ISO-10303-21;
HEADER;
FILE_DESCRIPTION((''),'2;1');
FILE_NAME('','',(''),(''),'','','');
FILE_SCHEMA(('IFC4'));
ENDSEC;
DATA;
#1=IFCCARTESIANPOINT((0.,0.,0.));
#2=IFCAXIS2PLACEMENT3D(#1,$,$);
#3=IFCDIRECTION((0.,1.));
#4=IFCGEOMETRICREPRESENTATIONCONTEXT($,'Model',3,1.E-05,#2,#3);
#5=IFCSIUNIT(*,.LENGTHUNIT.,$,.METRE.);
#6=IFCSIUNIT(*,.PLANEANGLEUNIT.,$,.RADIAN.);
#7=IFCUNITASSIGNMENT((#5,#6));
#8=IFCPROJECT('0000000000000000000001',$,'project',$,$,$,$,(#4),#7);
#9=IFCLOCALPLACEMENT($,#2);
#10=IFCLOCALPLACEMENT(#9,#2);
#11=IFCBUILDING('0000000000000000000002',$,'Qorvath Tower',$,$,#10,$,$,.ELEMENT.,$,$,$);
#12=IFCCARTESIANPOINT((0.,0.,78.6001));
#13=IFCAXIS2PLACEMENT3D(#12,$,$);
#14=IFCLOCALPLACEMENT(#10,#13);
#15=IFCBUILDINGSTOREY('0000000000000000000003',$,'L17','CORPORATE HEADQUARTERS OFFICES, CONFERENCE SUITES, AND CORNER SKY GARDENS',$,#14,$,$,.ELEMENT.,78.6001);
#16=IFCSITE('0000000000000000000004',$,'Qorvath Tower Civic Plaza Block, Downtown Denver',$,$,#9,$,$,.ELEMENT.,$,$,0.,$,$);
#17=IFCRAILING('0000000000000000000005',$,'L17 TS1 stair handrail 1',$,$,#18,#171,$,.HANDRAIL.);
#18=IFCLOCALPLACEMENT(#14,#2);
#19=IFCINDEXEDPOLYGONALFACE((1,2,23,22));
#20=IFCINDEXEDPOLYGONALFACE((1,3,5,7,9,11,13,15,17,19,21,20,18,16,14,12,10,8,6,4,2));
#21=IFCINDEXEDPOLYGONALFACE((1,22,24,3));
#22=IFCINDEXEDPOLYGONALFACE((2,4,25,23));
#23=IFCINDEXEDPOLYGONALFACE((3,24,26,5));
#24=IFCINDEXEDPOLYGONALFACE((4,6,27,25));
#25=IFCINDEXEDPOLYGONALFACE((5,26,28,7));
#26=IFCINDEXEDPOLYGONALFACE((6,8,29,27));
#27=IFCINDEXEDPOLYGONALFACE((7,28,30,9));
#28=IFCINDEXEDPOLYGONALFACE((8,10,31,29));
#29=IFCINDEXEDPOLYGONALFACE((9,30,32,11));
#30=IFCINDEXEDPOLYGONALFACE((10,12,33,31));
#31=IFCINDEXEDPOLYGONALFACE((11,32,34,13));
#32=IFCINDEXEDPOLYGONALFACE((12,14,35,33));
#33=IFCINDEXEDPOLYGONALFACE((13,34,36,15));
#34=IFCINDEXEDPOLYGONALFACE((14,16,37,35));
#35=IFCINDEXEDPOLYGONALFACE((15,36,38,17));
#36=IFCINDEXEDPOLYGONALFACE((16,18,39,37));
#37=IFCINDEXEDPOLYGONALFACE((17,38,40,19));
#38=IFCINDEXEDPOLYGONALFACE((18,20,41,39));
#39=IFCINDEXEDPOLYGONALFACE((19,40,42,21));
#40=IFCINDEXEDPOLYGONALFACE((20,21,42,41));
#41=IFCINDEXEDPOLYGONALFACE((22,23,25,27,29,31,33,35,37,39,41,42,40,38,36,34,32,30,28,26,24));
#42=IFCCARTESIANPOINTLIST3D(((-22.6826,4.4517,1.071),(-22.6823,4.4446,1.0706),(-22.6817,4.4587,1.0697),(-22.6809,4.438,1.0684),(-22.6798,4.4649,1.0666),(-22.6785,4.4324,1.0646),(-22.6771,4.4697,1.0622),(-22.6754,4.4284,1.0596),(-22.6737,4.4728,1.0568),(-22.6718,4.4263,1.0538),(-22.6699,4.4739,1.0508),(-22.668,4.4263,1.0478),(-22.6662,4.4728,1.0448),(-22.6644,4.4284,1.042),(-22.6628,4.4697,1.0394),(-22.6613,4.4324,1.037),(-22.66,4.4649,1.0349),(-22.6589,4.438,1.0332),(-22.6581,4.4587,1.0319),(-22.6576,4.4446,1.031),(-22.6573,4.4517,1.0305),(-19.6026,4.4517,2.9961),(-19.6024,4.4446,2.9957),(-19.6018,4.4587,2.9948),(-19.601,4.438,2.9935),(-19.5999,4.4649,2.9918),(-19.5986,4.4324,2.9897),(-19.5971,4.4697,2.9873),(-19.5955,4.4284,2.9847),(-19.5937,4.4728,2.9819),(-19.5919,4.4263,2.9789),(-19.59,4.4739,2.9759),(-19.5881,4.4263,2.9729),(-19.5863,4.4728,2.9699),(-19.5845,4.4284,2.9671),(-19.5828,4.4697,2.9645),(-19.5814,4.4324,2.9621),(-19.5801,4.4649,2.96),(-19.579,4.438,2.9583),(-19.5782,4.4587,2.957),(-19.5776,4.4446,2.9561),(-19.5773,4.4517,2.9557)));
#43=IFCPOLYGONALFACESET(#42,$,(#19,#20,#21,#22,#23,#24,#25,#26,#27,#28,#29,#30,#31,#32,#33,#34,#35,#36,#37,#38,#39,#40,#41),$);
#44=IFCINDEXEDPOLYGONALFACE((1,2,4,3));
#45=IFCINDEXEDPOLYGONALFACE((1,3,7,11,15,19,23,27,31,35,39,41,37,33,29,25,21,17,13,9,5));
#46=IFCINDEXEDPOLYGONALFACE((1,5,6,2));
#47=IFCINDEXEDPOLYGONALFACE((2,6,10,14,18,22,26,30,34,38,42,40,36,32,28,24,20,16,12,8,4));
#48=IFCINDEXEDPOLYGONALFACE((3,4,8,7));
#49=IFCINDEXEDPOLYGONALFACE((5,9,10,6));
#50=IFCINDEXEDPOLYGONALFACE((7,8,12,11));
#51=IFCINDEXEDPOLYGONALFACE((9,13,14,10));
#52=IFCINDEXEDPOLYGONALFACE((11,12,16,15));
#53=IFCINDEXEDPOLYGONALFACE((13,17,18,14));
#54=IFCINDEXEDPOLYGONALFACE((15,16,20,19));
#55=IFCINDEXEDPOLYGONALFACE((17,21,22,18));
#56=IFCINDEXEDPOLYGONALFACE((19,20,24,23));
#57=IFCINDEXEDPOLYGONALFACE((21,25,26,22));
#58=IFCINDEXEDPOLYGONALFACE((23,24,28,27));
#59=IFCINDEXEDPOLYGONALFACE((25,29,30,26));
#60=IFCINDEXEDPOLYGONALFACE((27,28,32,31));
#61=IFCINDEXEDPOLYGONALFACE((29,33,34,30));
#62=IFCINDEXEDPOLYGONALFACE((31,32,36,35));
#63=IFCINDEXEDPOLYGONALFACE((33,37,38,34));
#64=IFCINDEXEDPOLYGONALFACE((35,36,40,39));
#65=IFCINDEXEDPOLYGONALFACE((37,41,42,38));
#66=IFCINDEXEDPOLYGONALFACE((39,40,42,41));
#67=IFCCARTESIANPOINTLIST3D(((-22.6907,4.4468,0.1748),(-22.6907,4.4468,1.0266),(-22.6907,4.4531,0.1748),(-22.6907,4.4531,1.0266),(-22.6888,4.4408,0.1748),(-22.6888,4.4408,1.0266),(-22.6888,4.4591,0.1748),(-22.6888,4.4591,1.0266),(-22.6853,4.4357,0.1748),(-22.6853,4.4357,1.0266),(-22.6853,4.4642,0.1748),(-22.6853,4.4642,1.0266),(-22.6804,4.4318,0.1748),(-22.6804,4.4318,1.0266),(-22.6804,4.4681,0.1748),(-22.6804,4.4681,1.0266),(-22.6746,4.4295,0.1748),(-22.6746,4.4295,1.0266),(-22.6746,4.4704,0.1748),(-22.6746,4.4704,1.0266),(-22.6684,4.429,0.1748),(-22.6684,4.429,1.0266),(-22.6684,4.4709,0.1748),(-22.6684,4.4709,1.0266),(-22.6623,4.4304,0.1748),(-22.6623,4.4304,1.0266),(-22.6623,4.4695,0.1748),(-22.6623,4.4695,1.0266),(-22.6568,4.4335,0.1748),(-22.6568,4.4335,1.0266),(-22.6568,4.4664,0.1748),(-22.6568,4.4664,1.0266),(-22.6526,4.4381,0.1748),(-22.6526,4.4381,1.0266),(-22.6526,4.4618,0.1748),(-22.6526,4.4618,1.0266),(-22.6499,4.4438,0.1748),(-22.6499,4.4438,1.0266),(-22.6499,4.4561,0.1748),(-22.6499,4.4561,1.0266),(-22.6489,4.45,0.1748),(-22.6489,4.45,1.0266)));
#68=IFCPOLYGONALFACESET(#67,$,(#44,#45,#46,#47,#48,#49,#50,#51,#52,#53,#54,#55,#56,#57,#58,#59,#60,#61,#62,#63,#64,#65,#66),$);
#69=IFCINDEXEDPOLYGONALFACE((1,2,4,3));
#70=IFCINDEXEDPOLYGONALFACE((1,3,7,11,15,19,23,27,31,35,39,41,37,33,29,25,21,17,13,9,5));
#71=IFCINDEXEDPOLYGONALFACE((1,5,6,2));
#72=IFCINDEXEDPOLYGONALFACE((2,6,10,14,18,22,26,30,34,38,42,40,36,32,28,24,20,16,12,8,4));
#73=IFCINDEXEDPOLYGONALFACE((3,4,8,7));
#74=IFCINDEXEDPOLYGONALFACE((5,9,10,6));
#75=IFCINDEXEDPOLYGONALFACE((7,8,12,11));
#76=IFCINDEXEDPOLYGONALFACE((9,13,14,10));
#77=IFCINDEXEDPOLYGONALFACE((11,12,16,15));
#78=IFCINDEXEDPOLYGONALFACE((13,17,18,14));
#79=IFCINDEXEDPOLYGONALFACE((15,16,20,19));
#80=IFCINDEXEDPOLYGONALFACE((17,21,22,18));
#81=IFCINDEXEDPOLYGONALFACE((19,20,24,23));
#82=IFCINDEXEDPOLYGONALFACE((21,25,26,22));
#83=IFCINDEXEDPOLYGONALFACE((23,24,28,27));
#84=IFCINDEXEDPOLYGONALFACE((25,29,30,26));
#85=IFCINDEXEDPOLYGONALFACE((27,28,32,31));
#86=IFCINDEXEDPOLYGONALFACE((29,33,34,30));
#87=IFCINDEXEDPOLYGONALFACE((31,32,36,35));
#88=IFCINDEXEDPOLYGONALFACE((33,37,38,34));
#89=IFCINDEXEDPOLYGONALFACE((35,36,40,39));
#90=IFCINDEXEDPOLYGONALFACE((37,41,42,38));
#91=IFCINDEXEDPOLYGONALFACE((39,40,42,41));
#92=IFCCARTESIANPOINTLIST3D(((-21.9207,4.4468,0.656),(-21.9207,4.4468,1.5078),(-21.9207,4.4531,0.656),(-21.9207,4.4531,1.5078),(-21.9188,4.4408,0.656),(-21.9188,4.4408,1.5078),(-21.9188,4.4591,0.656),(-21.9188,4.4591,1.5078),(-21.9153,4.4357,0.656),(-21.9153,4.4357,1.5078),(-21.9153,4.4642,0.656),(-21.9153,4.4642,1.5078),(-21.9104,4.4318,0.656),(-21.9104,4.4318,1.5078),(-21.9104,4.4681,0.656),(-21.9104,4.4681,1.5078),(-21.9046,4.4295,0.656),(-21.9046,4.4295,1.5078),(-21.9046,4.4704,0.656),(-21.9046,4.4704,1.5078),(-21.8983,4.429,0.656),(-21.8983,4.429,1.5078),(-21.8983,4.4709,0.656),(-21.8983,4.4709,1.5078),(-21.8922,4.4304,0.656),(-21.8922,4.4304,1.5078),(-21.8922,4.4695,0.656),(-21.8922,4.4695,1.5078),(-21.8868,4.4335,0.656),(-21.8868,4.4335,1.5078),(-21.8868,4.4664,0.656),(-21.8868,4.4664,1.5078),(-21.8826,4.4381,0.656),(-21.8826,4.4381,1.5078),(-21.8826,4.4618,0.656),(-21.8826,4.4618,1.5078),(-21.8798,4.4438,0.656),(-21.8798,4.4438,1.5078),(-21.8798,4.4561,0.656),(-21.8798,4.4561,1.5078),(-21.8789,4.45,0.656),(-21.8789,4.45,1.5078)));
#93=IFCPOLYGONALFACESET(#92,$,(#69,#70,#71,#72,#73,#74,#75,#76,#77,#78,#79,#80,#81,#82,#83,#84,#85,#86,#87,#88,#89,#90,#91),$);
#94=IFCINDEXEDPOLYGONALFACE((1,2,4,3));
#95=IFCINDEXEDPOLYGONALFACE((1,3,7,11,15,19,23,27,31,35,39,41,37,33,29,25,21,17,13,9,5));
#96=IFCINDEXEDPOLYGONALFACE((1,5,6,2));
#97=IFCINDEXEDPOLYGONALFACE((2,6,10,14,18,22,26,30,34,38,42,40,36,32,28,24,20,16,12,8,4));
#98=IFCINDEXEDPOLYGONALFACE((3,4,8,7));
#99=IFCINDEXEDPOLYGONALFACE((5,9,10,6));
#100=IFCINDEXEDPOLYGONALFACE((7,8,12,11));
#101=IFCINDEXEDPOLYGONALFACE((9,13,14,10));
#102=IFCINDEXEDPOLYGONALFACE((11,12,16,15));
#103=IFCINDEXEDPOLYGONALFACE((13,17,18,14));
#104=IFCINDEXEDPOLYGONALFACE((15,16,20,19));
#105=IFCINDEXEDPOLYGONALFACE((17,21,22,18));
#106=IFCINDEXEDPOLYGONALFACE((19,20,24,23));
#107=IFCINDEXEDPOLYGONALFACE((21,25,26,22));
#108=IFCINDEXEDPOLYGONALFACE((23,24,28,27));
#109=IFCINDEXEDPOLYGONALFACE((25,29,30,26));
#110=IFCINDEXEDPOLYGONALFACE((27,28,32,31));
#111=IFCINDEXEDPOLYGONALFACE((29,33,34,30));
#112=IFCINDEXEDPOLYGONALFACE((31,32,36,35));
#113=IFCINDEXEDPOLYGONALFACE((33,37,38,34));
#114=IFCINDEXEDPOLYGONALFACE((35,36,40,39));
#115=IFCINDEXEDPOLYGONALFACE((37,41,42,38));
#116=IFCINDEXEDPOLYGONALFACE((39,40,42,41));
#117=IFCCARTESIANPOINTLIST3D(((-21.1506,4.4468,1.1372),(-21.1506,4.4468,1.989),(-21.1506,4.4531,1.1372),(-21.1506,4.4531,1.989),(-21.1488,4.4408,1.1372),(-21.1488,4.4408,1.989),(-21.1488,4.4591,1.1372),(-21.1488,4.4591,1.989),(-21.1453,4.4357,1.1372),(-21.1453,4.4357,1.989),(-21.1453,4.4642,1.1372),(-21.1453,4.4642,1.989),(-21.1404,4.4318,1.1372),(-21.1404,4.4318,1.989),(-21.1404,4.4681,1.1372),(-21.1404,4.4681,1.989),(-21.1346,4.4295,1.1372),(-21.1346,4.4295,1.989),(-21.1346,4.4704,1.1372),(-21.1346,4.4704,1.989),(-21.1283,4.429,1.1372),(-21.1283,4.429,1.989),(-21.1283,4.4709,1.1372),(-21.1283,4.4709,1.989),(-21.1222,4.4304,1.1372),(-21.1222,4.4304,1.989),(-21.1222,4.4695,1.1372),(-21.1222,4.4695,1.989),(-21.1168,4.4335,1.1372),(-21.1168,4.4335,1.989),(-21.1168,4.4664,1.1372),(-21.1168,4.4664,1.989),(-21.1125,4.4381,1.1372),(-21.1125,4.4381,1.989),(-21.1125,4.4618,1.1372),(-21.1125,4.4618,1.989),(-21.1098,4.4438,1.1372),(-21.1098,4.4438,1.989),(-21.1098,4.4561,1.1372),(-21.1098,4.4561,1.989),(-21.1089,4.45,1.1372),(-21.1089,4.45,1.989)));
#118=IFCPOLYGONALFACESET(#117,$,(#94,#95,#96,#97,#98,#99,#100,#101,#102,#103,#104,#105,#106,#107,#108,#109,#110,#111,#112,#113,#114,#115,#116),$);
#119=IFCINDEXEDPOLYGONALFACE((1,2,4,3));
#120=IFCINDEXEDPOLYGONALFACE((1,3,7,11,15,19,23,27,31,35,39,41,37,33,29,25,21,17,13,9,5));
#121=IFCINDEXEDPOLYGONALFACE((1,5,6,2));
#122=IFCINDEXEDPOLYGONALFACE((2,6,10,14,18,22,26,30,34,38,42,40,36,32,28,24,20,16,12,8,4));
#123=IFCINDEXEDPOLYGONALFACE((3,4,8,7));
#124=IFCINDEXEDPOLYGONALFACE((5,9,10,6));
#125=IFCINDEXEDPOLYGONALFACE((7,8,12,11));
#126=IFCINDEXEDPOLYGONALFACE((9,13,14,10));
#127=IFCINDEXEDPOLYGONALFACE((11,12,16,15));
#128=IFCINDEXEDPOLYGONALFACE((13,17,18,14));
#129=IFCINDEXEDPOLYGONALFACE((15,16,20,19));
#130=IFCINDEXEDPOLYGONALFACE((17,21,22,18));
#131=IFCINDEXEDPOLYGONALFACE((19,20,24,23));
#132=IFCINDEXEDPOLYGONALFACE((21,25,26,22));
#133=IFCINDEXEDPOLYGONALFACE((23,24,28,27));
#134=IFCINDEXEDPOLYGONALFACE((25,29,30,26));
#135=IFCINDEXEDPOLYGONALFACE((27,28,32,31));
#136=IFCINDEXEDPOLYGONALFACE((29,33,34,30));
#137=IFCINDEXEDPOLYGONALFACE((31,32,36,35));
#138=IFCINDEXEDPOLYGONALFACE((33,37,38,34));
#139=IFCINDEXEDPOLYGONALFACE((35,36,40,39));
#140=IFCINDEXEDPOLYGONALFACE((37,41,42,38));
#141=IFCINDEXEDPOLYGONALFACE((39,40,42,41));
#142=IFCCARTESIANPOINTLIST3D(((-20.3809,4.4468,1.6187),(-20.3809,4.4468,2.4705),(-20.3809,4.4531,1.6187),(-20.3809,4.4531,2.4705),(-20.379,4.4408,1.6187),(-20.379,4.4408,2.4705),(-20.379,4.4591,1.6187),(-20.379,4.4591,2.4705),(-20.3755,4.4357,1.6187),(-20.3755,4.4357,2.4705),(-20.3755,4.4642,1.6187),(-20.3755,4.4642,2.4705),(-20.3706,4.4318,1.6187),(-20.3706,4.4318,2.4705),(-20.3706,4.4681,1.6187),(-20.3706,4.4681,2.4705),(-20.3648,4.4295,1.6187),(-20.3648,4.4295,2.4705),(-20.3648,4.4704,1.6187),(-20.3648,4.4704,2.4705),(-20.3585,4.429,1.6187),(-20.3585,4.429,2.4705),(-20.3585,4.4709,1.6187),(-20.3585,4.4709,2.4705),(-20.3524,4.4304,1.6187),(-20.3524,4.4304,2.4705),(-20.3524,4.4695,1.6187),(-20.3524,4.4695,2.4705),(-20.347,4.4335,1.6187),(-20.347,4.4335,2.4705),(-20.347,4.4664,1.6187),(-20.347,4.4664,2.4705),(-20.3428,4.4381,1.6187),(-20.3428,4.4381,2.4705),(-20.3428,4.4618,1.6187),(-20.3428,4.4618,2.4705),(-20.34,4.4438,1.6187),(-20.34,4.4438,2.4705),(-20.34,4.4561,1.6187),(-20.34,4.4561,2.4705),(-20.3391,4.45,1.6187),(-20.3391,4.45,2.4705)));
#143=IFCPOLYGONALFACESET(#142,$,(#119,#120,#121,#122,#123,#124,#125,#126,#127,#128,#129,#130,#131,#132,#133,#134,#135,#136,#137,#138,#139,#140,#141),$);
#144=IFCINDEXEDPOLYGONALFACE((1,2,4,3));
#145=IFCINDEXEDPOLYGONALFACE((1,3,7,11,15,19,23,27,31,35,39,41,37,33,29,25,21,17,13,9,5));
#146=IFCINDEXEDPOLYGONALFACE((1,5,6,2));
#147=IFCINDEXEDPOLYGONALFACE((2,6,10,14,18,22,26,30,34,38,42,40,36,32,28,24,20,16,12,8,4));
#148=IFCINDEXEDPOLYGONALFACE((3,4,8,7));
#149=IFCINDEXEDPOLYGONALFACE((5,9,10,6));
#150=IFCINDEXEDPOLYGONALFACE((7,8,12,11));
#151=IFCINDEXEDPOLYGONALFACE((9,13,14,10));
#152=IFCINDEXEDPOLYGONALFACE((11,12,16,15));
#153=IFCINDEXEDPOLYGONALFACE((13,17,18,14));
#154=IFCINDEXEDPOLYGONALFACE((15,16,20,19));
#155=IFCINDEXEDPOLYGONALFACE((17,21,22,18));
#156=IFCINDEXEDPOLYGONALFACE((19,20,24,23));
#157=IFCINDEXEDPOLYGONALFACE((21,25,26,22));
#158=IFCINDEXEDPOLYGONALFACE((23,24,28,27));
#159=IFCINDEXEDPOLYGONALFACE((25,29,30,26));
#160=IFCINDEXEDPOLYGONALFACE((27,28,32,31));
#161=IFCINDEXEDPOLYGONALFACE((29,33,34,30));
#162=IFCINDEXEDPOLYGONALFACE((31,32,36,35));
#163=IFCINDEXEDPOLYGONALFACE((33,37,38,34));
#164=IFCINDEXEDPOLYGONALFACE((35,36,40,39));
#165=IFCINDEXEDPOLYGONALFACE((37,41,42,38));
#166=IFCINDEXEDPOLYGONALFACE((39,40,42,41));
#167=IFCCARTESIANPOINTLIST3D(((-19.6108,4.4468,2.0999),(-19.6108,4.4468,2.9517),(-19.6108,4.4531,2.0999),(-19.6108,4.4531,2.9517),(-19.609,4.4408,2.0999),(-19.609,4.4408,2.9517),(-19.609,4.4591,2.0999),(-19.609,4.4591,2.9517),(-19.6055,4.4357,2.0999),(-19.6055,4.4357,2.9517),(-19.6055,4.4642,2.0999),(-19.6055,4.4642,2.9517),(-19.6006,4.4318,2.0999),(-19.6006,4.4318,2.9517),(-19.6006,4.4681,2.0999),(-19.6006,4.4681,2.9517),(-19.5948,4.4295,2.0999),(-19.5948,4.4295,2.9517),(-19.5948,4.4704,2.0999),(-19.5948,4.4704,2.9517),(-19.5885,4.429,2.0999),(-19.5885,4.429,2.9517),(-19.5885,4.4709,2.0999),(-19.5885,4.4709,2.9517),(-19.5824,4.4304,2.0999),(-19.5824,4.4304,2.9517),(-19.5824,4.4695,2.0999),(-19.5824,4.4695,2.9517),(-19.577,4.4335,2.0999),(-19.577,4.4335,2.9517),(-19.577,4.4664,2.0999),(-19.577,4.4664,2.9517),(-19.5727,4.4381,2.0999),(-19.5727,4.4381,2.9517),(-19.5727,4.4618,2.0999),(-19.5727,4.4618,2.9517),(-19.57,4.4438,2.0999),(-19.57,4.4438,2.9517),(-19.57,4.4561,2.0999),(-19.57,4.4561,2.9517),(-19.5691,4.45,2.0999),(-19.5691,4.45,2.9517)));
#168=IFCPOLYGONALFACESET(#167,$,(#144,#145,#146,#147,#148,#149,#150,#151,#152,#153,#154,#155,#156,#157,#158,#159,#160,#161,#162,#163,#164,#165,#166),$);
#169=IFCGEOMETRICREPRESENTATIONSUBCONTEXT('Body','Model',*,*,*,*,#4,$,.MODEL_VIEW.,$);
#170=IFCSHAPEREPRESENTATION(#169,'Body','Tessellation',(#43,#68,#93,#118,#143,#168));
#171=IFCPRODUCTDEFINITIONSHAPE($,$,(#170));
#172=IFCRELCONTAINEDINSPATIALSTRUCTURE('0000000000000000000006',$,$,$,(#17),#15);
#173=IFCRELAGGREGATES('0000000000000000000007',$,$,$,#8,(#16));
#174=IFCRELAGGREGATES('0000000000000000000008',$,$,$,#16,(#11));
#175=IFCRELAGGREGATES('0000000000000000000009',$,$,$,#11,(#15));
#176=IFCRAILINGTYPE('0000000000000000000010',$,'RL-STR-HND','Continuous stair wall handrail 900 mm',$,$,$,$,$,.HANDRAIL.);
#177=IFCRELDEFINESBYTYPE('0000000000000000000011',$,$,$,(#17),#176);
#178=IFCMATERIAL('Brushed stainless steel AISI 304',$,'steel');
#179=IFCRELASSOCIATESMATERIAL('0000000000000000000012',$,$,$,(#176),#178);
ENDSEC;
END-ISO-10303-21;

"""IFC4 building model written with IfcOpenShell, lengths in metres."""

from ifc_helpers import new_model, si_unit, direction, frame, origin, origin_2d, place, context, subcontext, project, spatial, circle, extrude, material, type_object, element, save


model = new_model("IFC4")

# Units and contexts
model_context = context("Model", 3, precision=1e-05, world=origin(), true_north=direction((0.0, 1.0)))
body_context = subcontext(model_context, "Body", "Model", "MODEL_VIEW")
ifc_project = project(units=[si_unit("LENGTHUNIT", "METRE"), si_unit("PLANEANGLEUNIT", "RADIAN")], contexts=[model_context])

# Site, building, storey
site_placement = place(None, origin())
site = spatial("IfcSite", under=ifc_project, at=site_placement, Name="Qorvath Tower Civic Plaza Block, Downtown Denver", CompositionType="ELEMENT", RefElevation=0.0)
building_placement = place(site_placement, origin())
building = spatial("IfcBuilding", under=site, at=building_placement, Name="Qorvath Tower", CompositionType="ELEMENT")
storey_placement = place(building_placement, frame((0.0, 0.0, 78.6001)))
storey = spatial("IfcBuildingStorey", under=building, at=storey_placement, Name="L17", Description="CORPORATE HEADQUARTERS OFFICES, CONFERENCE SUITES, AND CORNER SKY GARDENS", CompositionType="ELEMENT", Elevation=78.6001)

# Railing
ifc_material_1 = material(Name="Brushed stainless steel AISI 304", Category="steel")
railing_type_1 = type_object("IfcRailingType", Name="RL-STR-HND", Description="Continuous stair wall handrail 900 mm", PredefinedType="HANDRAIL", material=ifc_material_1)
railing_1_placement = place(storey_placement, frame((-22.6699, 4.45, 0.1748)))
element("IfcRailing", 1, at=railing_1_placement, inside=storey, type_object=railing_type_1, Name="L17 TS1 stair handrail 1", PredefinedType="HANDRAIL", context=body_context, shape_type="SweptSolid", body=[
    extrude(circle(Radius=0.0239, at=origin_2d()), frame((0.0, 0.0, 0.876), z_axis=(0.847979, 0.0, 0.530029), x_axis=(0.0, 1.0, 0.0)), (0.0, 0.0, 1.0), 3.6321),
    extrude(circle(Radius=0.021, at=origin_2d()), origin(), (0.0, 0.0, 1.0), 0.8518),
    extrude(circle(Radius=0.021, at=origin_2d()), frame((0.77, 0.0, 0.4812)), (0.0, 0.0, 1.0), 0.8518),
    extrude(circle(Radius=0.021, at=origin_2d()), frame((1.54, 0.0, 0.9624)), (0.0, 0.0, 1.0), 0.8518),
    extrude(circle(Radius=0.021, at=origin_2d()), frame((2.3098, 0.0, 1.4438)), (0.0, 0.0, 1.0), 0.8518),
    extrude(circle(Radius=0.021, at=origin_2d()), frame((3.0798, 0.0, 1.925)), (0.0, 0.0, 1.0), 0.8518),
])

save(model, "model.ifc")
